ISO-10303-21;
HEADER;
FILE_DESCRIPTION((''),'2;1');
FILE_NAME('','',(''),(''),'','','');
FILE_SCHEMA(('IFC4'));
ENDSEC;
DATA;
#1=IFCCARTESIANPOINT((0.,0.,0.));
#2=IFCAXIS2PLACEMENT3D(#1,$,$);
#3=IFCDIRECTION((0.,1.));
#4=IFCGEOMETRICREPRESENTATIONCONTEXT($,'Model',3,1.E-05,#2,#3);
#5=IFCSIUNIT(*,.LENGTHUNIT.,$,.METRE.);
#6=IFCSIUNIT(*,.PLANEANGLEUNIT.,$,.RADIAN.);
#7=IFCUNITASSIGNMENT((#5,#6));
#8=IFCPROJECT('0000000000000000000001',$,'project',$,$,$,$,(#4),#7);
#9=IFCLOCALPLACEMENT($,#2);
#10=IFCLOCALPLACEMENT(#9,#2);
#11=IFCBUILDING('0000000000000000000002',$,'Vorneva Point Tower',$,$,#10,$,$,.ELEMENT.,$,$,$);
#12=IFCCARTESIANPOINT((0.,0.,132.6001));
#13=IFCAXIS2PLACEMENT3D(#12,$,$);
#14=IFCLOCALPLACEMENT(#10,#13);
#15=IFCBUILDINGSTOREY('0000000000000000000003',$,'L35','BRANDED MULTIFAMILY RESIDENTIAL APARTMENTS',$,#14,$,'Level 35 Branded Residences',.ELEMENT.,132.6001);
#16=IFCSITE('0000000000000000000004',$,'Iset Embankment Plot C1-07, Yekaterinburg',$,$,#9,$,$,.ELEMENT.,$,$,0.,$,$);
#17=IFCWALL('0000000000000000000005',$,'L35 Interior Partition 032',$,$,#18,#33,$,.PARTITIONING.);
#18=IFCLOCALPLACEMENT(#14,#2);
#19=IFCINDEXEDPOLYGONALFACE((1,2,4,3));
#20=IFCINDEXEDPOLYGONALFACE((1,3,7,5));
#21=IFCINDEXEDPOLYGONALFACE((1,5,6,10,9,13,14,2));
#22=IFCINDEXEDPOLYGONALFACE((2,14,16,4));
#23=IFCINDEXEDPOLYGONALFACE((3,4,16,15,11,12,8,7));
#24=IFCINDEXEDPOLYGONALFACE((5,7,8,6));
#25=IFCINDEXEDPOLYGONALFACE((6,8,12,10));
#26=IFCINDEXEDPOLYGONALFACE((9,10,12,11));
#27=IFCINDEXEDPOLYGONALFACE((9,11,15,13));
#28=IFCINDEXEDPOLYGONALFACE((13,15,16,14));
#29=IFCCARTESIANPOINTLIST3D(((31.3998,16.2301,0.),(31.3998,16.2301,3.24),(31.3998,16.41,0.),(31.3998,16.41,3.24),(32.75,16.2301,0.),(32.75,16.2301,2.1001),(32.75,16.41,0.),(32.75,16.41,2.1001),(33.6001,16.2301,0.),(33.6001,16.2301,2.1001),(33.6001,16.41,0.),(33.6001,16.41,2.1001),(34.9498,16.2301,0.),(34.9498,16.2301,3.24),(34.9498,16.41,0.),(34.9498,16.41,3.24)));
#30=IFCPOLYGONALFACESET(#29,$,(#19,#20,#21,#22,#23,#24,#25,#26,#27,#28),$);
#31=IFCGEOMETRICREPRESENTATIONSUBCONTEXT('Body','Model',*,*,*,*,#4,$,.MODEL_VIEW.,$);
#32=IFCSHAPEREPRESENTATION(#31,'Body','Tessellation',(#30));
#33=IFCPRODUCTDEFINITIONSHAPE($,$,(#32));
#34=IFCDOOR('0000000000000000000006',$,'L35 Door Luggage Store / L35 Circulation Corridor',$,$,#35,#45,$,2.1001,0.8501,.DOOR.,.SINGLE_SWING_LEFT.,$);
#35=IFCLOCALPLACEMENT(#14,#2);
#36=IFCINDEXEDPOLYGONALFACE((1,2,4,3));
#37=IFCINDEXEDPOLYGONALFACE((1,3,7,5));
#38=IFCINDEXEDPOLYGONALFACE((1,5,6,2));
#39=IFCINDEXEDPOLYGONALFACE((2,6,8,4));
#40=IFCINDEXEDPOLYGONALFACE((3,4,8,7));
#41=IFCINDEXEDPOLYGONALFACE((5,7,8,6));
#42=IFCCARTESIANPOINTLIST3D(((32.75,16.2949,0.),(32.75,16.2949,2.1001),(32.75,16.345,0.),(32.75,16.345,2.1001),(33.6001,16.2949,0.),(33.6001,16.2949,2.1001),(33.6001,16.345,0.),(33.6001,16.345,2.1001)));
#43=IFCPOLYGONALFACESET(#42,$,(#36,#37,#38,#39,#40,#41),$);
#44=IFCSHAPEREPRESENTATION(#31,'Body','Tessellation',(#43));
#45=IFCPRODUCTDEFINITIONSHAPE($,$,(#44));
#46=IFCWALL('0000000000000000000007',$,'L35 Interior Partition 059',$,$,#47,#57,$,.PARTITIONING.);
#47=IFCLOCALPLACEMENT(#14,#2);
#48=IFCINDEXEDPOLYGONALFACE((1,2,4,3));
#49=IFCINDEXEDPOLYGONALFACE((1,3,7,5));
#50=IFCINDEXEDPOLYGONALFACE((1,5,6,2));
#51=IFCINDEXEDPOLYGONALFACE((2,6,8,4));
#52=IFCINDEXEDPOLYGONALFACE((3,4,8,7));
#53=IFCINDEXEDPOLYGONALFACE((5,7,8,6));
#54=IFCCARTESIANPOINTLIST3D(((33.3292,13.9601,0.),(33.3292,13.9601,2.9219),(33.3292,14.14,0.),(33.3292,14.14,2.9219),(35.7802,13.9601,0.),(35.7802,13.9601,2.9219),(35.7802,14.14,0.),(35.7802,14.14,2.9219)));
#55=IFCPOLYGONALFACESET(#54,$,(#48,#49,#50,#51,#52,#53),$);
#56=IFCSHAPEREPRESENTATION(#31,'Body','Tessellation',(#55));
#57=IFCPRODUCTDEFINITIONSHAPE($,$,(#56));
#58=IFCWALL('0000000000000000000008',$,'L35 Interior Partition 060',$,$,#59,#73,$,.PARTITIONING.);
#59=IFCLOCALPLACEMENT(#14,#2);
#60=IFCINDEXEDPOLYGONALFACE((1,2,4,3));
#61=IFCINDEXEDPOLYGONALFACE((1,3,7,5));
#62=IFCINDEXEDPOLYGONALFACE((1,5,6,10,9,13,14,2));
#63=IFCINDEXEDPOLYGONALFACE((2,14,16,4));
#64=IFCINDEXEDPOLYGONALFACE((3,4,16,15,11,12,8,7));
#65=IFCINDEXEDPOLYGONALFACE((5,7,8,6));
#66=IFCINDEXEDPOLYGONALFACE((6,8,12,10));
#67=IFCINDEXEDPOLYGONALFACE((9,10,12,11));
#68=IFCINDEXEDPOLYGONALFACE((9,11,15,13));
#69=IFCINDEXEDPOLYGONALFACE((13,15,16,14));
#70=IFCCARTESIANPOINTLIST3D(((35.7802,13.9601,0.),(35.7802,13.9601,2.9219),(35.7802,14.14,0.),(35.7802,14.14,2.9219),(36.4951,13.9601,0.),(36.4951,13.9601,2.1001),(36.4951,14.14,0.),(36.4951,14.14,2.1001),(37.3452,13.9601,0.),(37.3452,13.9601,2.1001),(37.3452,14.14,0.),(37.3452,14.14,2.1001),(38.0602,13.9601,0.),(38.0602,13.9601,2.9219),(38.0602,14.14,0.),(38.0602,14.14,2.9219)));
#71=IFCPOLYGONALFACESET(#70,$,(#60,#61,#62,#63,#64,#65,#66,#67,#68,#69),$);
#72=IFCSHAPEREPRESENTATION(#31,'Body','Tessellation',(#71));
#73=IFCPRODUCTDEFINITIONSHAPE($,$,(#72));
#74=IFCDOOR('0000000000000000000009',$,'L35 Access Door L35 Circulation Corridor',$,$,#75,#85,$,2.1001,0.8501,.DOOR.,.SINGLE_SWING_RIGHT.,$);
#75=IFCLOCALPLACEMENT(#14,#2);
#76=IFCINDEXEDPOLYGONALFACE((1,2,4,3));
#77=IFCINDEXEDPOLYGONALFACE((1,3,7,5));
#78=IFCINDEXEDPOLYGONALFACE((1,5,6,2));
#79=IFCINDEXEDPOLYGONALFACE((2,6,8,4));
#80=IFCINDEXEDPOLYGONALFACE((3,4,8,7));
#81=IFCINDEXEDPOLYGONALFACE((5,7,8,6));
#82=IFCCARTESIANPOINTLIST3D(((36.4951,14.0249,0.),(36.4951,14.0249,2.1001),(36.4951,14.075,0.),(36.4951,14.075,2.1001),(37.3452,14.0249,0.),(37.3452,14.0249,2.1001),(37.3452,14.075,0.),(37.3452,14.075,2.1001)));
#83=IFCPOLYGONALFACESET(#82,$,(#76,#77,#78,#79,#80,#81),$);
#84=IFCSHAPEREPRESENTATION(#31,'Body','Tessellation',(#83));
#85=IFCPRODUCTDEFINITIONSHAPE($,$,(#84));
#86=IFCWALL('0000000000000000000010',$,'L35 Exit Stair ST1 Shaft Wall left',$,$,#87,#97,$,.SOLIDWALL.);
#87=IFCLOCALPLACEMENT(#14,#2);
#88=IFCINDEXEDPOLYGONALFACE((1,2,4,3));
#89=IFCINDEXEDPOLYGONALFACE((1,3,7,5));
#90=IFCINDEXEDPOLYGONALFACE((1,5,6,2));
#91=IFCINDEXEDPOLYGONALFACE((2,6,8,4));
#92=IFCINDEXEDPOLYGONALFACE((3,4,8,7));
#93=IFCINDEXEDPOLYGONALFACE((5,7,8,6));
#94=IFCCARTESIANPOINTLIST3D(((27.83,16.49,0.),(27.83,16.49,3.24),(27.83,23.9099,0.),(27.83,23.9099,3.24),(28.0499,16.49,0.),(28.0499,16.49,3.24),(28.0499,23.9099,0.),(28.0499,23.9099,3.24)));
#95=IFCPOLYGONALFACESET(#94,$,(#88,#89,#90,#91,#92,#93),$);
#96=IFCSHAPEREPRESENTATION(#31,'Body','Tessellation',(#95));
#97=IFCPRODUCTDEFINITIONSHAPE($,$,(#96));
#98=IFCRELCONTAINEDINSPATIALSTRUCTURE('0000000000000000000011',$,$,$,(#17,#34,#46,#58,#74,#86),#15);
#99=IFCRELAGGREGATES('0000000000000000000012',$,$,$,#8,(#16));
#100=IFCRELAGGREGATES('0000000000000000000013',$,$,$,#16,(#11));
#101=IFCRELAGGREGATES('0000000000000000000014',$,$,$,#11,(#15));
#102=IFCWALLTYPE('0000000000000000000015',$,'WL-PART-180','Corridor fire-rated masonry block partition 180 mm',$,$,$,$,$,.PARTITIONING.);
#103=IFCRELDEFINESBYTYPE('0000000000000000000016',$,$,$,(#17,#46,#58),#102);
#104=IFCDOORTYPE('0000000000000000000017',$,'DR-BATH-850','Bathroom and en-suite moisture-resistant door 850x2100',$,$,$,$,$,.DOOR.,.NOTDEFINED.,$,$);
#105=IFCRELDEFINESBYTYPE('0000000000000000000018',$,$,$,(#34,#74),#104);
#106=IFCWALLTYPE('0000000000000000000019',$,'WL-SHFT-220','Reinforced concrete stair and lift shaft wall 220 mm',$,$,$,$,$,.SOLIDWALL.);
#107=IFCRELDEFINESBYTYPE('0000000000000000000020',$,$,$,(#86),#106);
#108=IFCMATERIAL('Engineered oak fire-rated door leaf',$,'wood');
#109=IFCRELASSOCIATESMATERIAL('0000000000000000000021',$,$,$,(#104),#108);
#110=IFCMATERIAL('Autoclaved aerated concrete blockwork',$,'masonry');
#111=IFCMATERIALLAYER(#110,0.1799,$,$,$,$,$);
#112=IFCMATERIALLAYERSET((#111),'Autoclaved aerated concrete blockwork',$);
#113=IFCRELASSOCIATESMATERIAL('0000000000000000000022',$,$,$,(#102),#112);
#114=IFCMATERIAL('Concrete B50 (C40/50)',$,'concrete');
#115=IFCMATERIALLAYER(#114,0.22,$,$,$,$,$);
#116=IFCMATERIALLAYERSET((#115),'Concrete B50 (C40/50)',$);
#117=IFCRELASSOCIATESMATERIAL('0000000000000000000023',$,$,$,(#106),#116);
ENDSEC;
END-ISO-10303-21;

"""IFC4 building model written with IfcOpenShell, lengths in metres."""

from ifc_helpers import new_model, si_unit, direction, frame, frame_2d, origin, place, context, subcontext, project, spatial, rectangle, extrude, material, layer, layer_set, type_object, element, fill, save


model = new_model("IFC4")

# Units and contexts
model_context = context("Model", 3, precision=1e-05, world=origin(), true_north=direction((0.0, 1.0)))
body_context = subcontext(model_context, "Body", "Model", "MODEL_VIEW")
ifc_project = project(units=[si_unit("LENGTHUNIT", "METRE"), si_unit("PLANEANGLEUNIT", "RADIAN")], contexts=[model_context])

# Site, building, storey
site_placement = place(None, origin())
site = spatial("IfcSite", under=ifc_project, at=site_placement, Name="Iset Embankment Plot C1-07, Yekaterinburg", CompositionType="ELEMENT", RefElevation=0.0)
building_placement = place(site_placement, origin())
building = spatial("IfcBuilding", under=site, at=building_placement, Name="Vorneva Point Tower", CompositionType="ELEMENT")
storey_placement = place(building_placement, frame((0.0, 0.0, 132.6001)))
storey = spatial("IfcBuildingStorey", under=building, at=storey_placement, Name="L35", Description="BRANDED MULTIFAMILY RESIDENTIAL APARTMENTS", LongName="Level 35 Branded Residences", CompositionType="ELEMENT", Elevation=132.6001)

# Shared definitions
ifc_material_1 = material(Name="Engineered oak fire-rated door leaf", Category="wood")
door_type_1 = type_object("IfcDoorType", Name="DR-BATH-850", Description="Bathroom and en-suite moisture-resistant door 850x2100", OperationType="NOTDEFINED", PredefinedType="DOOR", material=ifc_material_1)

# Wall, opening, door
ifc_material_2 = material(Name="Autoclaved aerated concrete blockwork", Category="masonry")
ifc_layer_1 = layer(ifc_material_2, 0.1799)
ifc_layer_set_1 = layer_set([ifc_layer_1], Name="Autoclaved aerated concrete blockwork")
wall_type_1 = type_object("IfcWallType", Name="WL-PART-180", Description="Corridor fire-rated masonry block partition 180 mm", PredefinedType="PARTITIONING", material=ifc_layer_set_1)
wall_1_placement = place(storey_placement, frame((31.3999, 16.3201, 0.0), z_axis=(0.0, 0.0, 1.0), x_axis=(1.0, 0.0, 0.0)))
wall_1 = element("IfcWall", 1, at=wall_1_placement, inside=storey, type_object=wall_type_1, Name="L35 Interior Partition 032", PredefinedType="PARTITIONING", context=body_context, shape_type="SweptSolid", body=[
    extrude(rectangle(XDim=3.55, YDim=0.1799, at=frame_2d((1.7749, 0.0))), origin(), (0.0, 0.0, 1.0), 3.24),
])
opening_1_placement = place(wall_1_placement, frame((1.3501, 0.0, 0.0)))
opening_1 = element("IfcOpeningElement", 2, at=opening_1_placement, cuts=wall_1, PredefinedType="OPENING", context=body_context, shape_type="SweptSolid", body=[
    extrude(rectangle(XDim=0.8501, YDim=2.1001, at=frame_2d((0.425, 1.05))), frame((0.0, 0.105, 0.0), z_axis=(0.0, -1.0, 0.0), x_axis=(1.0, 0.0, 0.0)), (0.0, 0.0, 1.0), 0.2097),
])
door_1_placement = place(opening_1_placement, origin())
door_1 = element("IfcDoor", 3, at=door_1_placement, inside=storey, type_object=door_type_1, Name="L35 Door Luggage Store / L35 Circulation Corridor", OperationType="SINGLE_SWING_LEFT", OverallHeight=2.1001, OverallWidth=0.8501, PredefinedType="DOOR", context=body_context, shape_type="SweptSolid", body=[
    extrude(rectangle(XDim=0.8501, YDim=2.1001, at=frame_2d((0.425, 1.05))), frame((0.0, 0.0249, 0.0), z_axis=(0.0, -1.0, 0.0), x_axis=(1.0, 0.0, 0.0)), (0.0, 0.0, 1.0), 0.05),
])
fill(opening_1, door_1)

# Wall
wall_2_placement = place(storey_placement, frame((33.3291, 14.05, 0.0), z_axis=(0.0, 0.0, 1.0), x_axis=(1.0, 0.0, 0.0)))
element("IfcWall", 4, at=wall_2_placement, inside=storey, type_object=wall_type_1, Name="L35 Interior Partition 059", PredefinedType="PARTITIONING", context=body_context, shape_type="SweptSolid", body=[
    extrude(rectangle(XDim=2.4509, YDim=0.1799, at=frame_2d((1.2256, 0.0))), origin(), (0.0, 0.0, 1.0), 2.9219),
])

# Wall, opening, door
wall_3_placement = place(storey_placement, frame((35.78, 14.05, 0.0), z_axis=(0.0, 0.0, 1.0), x_axis=(1.0, 0.0, 0.0)))
wall_3 = element("IfcWall", 5, at=wall_3_placement, inside=storey, type_object=wall_type_1, Name="L35 Interior Partition 060", PredefinedType="PARTITIONING", context=body_context, shape_type="SweptSolid", body=[
    extrude(rectangle(XDim=2.28, YDim=0.1799, at=frame_2d((1.1401, 0.0))), origin(), (0.0, 0.0, 1.0), 2.9219),
])
opening_2_placement = place(wall_3_placement, frame((0.7151, 0.0, 0.0)))
opening_2 = element("IfcOpeningElement", 6, at=opening_2_placement, cuts=wall_3, PredefinedType="OPENING", context=body_context, shape_type="SweptSolid", body=[
    extrude(rectangle(XDim=0.8501, YDim=2.1001, at=frame_2d((0.425, 1.05))), frame((0.0, 0.105, 0.0), z_axis=(0.0, -1.0, 0.0), x_axis=(1.0, 0.0, 0.0)), (0.0, 0.0, 1.0), 0.2097),
])
door_2_placement = place(opening_2_placement, origin())
door_2 = element("IfcDoor", 7, at=door_2_placement, inside=storey, type_object=door_type_1, Name="L35 Access Door L35 Circulation Corridor", OperationType="SINGLE_SWING_RIGHT", OverallHeight=2.1001, OverallWidth=0.8501, PredefinedType="DOOR", context=body_context, shape_type="SweptSolid", body=[
    extrude(rectangle(XDim=0.8501, YDim=2.1001, at=frame_2d((0.425, 1.05))), frame((0.0, 0.0249, 0.0), z_axis=(0.0, -1.0, 0.0), x_axis=(1.0, 0.0, 0.0)), (0.0, 0.0, 1.0), 0.05),
])
fill(opening_2, door_2)

# Wall
ifc_material_3 = material(Name="Concrete B50 (C40/50)", Category="concrete")
ifc_layer_2 = layer(ifc_material_3, 0.22)
ifc_layer_set_2 = layer_set([ifc_layer_2], Name="Concrete B50 (C40/50)")
wall_type_2 = type_object("IfcWallType", Name="WL-SHFT-220", Description="Reinforced concrete stair and lift shaft wall 220 mm", PredefinedType="SOLIDWALL", material=ifc_layer_set_2)
wall_4_placement = place(storey_placement, frame((27.9399, 16.49, 0.0), z_axis=(0.0, 0.0, 1.0), x_axis=(0.0, 1.0, 0.0)))
element("IfcWall", 8, at=wall_4_placement, inside=storey, type_object=wall_type_2, Name="L35 Exit Stair ST1 Shaft Wall left", PredefinedType="SOLIDWALL", context=body_context, shape_type="SweptSolid", body=[
    extrude(rectangle(XDim=7.4199, YDim=0.22, at=frame_2d((3.71, 0.0))), origin(), (0.0, 0.0, 1.0), 3.24),
])

save(model, "model.ifc")
